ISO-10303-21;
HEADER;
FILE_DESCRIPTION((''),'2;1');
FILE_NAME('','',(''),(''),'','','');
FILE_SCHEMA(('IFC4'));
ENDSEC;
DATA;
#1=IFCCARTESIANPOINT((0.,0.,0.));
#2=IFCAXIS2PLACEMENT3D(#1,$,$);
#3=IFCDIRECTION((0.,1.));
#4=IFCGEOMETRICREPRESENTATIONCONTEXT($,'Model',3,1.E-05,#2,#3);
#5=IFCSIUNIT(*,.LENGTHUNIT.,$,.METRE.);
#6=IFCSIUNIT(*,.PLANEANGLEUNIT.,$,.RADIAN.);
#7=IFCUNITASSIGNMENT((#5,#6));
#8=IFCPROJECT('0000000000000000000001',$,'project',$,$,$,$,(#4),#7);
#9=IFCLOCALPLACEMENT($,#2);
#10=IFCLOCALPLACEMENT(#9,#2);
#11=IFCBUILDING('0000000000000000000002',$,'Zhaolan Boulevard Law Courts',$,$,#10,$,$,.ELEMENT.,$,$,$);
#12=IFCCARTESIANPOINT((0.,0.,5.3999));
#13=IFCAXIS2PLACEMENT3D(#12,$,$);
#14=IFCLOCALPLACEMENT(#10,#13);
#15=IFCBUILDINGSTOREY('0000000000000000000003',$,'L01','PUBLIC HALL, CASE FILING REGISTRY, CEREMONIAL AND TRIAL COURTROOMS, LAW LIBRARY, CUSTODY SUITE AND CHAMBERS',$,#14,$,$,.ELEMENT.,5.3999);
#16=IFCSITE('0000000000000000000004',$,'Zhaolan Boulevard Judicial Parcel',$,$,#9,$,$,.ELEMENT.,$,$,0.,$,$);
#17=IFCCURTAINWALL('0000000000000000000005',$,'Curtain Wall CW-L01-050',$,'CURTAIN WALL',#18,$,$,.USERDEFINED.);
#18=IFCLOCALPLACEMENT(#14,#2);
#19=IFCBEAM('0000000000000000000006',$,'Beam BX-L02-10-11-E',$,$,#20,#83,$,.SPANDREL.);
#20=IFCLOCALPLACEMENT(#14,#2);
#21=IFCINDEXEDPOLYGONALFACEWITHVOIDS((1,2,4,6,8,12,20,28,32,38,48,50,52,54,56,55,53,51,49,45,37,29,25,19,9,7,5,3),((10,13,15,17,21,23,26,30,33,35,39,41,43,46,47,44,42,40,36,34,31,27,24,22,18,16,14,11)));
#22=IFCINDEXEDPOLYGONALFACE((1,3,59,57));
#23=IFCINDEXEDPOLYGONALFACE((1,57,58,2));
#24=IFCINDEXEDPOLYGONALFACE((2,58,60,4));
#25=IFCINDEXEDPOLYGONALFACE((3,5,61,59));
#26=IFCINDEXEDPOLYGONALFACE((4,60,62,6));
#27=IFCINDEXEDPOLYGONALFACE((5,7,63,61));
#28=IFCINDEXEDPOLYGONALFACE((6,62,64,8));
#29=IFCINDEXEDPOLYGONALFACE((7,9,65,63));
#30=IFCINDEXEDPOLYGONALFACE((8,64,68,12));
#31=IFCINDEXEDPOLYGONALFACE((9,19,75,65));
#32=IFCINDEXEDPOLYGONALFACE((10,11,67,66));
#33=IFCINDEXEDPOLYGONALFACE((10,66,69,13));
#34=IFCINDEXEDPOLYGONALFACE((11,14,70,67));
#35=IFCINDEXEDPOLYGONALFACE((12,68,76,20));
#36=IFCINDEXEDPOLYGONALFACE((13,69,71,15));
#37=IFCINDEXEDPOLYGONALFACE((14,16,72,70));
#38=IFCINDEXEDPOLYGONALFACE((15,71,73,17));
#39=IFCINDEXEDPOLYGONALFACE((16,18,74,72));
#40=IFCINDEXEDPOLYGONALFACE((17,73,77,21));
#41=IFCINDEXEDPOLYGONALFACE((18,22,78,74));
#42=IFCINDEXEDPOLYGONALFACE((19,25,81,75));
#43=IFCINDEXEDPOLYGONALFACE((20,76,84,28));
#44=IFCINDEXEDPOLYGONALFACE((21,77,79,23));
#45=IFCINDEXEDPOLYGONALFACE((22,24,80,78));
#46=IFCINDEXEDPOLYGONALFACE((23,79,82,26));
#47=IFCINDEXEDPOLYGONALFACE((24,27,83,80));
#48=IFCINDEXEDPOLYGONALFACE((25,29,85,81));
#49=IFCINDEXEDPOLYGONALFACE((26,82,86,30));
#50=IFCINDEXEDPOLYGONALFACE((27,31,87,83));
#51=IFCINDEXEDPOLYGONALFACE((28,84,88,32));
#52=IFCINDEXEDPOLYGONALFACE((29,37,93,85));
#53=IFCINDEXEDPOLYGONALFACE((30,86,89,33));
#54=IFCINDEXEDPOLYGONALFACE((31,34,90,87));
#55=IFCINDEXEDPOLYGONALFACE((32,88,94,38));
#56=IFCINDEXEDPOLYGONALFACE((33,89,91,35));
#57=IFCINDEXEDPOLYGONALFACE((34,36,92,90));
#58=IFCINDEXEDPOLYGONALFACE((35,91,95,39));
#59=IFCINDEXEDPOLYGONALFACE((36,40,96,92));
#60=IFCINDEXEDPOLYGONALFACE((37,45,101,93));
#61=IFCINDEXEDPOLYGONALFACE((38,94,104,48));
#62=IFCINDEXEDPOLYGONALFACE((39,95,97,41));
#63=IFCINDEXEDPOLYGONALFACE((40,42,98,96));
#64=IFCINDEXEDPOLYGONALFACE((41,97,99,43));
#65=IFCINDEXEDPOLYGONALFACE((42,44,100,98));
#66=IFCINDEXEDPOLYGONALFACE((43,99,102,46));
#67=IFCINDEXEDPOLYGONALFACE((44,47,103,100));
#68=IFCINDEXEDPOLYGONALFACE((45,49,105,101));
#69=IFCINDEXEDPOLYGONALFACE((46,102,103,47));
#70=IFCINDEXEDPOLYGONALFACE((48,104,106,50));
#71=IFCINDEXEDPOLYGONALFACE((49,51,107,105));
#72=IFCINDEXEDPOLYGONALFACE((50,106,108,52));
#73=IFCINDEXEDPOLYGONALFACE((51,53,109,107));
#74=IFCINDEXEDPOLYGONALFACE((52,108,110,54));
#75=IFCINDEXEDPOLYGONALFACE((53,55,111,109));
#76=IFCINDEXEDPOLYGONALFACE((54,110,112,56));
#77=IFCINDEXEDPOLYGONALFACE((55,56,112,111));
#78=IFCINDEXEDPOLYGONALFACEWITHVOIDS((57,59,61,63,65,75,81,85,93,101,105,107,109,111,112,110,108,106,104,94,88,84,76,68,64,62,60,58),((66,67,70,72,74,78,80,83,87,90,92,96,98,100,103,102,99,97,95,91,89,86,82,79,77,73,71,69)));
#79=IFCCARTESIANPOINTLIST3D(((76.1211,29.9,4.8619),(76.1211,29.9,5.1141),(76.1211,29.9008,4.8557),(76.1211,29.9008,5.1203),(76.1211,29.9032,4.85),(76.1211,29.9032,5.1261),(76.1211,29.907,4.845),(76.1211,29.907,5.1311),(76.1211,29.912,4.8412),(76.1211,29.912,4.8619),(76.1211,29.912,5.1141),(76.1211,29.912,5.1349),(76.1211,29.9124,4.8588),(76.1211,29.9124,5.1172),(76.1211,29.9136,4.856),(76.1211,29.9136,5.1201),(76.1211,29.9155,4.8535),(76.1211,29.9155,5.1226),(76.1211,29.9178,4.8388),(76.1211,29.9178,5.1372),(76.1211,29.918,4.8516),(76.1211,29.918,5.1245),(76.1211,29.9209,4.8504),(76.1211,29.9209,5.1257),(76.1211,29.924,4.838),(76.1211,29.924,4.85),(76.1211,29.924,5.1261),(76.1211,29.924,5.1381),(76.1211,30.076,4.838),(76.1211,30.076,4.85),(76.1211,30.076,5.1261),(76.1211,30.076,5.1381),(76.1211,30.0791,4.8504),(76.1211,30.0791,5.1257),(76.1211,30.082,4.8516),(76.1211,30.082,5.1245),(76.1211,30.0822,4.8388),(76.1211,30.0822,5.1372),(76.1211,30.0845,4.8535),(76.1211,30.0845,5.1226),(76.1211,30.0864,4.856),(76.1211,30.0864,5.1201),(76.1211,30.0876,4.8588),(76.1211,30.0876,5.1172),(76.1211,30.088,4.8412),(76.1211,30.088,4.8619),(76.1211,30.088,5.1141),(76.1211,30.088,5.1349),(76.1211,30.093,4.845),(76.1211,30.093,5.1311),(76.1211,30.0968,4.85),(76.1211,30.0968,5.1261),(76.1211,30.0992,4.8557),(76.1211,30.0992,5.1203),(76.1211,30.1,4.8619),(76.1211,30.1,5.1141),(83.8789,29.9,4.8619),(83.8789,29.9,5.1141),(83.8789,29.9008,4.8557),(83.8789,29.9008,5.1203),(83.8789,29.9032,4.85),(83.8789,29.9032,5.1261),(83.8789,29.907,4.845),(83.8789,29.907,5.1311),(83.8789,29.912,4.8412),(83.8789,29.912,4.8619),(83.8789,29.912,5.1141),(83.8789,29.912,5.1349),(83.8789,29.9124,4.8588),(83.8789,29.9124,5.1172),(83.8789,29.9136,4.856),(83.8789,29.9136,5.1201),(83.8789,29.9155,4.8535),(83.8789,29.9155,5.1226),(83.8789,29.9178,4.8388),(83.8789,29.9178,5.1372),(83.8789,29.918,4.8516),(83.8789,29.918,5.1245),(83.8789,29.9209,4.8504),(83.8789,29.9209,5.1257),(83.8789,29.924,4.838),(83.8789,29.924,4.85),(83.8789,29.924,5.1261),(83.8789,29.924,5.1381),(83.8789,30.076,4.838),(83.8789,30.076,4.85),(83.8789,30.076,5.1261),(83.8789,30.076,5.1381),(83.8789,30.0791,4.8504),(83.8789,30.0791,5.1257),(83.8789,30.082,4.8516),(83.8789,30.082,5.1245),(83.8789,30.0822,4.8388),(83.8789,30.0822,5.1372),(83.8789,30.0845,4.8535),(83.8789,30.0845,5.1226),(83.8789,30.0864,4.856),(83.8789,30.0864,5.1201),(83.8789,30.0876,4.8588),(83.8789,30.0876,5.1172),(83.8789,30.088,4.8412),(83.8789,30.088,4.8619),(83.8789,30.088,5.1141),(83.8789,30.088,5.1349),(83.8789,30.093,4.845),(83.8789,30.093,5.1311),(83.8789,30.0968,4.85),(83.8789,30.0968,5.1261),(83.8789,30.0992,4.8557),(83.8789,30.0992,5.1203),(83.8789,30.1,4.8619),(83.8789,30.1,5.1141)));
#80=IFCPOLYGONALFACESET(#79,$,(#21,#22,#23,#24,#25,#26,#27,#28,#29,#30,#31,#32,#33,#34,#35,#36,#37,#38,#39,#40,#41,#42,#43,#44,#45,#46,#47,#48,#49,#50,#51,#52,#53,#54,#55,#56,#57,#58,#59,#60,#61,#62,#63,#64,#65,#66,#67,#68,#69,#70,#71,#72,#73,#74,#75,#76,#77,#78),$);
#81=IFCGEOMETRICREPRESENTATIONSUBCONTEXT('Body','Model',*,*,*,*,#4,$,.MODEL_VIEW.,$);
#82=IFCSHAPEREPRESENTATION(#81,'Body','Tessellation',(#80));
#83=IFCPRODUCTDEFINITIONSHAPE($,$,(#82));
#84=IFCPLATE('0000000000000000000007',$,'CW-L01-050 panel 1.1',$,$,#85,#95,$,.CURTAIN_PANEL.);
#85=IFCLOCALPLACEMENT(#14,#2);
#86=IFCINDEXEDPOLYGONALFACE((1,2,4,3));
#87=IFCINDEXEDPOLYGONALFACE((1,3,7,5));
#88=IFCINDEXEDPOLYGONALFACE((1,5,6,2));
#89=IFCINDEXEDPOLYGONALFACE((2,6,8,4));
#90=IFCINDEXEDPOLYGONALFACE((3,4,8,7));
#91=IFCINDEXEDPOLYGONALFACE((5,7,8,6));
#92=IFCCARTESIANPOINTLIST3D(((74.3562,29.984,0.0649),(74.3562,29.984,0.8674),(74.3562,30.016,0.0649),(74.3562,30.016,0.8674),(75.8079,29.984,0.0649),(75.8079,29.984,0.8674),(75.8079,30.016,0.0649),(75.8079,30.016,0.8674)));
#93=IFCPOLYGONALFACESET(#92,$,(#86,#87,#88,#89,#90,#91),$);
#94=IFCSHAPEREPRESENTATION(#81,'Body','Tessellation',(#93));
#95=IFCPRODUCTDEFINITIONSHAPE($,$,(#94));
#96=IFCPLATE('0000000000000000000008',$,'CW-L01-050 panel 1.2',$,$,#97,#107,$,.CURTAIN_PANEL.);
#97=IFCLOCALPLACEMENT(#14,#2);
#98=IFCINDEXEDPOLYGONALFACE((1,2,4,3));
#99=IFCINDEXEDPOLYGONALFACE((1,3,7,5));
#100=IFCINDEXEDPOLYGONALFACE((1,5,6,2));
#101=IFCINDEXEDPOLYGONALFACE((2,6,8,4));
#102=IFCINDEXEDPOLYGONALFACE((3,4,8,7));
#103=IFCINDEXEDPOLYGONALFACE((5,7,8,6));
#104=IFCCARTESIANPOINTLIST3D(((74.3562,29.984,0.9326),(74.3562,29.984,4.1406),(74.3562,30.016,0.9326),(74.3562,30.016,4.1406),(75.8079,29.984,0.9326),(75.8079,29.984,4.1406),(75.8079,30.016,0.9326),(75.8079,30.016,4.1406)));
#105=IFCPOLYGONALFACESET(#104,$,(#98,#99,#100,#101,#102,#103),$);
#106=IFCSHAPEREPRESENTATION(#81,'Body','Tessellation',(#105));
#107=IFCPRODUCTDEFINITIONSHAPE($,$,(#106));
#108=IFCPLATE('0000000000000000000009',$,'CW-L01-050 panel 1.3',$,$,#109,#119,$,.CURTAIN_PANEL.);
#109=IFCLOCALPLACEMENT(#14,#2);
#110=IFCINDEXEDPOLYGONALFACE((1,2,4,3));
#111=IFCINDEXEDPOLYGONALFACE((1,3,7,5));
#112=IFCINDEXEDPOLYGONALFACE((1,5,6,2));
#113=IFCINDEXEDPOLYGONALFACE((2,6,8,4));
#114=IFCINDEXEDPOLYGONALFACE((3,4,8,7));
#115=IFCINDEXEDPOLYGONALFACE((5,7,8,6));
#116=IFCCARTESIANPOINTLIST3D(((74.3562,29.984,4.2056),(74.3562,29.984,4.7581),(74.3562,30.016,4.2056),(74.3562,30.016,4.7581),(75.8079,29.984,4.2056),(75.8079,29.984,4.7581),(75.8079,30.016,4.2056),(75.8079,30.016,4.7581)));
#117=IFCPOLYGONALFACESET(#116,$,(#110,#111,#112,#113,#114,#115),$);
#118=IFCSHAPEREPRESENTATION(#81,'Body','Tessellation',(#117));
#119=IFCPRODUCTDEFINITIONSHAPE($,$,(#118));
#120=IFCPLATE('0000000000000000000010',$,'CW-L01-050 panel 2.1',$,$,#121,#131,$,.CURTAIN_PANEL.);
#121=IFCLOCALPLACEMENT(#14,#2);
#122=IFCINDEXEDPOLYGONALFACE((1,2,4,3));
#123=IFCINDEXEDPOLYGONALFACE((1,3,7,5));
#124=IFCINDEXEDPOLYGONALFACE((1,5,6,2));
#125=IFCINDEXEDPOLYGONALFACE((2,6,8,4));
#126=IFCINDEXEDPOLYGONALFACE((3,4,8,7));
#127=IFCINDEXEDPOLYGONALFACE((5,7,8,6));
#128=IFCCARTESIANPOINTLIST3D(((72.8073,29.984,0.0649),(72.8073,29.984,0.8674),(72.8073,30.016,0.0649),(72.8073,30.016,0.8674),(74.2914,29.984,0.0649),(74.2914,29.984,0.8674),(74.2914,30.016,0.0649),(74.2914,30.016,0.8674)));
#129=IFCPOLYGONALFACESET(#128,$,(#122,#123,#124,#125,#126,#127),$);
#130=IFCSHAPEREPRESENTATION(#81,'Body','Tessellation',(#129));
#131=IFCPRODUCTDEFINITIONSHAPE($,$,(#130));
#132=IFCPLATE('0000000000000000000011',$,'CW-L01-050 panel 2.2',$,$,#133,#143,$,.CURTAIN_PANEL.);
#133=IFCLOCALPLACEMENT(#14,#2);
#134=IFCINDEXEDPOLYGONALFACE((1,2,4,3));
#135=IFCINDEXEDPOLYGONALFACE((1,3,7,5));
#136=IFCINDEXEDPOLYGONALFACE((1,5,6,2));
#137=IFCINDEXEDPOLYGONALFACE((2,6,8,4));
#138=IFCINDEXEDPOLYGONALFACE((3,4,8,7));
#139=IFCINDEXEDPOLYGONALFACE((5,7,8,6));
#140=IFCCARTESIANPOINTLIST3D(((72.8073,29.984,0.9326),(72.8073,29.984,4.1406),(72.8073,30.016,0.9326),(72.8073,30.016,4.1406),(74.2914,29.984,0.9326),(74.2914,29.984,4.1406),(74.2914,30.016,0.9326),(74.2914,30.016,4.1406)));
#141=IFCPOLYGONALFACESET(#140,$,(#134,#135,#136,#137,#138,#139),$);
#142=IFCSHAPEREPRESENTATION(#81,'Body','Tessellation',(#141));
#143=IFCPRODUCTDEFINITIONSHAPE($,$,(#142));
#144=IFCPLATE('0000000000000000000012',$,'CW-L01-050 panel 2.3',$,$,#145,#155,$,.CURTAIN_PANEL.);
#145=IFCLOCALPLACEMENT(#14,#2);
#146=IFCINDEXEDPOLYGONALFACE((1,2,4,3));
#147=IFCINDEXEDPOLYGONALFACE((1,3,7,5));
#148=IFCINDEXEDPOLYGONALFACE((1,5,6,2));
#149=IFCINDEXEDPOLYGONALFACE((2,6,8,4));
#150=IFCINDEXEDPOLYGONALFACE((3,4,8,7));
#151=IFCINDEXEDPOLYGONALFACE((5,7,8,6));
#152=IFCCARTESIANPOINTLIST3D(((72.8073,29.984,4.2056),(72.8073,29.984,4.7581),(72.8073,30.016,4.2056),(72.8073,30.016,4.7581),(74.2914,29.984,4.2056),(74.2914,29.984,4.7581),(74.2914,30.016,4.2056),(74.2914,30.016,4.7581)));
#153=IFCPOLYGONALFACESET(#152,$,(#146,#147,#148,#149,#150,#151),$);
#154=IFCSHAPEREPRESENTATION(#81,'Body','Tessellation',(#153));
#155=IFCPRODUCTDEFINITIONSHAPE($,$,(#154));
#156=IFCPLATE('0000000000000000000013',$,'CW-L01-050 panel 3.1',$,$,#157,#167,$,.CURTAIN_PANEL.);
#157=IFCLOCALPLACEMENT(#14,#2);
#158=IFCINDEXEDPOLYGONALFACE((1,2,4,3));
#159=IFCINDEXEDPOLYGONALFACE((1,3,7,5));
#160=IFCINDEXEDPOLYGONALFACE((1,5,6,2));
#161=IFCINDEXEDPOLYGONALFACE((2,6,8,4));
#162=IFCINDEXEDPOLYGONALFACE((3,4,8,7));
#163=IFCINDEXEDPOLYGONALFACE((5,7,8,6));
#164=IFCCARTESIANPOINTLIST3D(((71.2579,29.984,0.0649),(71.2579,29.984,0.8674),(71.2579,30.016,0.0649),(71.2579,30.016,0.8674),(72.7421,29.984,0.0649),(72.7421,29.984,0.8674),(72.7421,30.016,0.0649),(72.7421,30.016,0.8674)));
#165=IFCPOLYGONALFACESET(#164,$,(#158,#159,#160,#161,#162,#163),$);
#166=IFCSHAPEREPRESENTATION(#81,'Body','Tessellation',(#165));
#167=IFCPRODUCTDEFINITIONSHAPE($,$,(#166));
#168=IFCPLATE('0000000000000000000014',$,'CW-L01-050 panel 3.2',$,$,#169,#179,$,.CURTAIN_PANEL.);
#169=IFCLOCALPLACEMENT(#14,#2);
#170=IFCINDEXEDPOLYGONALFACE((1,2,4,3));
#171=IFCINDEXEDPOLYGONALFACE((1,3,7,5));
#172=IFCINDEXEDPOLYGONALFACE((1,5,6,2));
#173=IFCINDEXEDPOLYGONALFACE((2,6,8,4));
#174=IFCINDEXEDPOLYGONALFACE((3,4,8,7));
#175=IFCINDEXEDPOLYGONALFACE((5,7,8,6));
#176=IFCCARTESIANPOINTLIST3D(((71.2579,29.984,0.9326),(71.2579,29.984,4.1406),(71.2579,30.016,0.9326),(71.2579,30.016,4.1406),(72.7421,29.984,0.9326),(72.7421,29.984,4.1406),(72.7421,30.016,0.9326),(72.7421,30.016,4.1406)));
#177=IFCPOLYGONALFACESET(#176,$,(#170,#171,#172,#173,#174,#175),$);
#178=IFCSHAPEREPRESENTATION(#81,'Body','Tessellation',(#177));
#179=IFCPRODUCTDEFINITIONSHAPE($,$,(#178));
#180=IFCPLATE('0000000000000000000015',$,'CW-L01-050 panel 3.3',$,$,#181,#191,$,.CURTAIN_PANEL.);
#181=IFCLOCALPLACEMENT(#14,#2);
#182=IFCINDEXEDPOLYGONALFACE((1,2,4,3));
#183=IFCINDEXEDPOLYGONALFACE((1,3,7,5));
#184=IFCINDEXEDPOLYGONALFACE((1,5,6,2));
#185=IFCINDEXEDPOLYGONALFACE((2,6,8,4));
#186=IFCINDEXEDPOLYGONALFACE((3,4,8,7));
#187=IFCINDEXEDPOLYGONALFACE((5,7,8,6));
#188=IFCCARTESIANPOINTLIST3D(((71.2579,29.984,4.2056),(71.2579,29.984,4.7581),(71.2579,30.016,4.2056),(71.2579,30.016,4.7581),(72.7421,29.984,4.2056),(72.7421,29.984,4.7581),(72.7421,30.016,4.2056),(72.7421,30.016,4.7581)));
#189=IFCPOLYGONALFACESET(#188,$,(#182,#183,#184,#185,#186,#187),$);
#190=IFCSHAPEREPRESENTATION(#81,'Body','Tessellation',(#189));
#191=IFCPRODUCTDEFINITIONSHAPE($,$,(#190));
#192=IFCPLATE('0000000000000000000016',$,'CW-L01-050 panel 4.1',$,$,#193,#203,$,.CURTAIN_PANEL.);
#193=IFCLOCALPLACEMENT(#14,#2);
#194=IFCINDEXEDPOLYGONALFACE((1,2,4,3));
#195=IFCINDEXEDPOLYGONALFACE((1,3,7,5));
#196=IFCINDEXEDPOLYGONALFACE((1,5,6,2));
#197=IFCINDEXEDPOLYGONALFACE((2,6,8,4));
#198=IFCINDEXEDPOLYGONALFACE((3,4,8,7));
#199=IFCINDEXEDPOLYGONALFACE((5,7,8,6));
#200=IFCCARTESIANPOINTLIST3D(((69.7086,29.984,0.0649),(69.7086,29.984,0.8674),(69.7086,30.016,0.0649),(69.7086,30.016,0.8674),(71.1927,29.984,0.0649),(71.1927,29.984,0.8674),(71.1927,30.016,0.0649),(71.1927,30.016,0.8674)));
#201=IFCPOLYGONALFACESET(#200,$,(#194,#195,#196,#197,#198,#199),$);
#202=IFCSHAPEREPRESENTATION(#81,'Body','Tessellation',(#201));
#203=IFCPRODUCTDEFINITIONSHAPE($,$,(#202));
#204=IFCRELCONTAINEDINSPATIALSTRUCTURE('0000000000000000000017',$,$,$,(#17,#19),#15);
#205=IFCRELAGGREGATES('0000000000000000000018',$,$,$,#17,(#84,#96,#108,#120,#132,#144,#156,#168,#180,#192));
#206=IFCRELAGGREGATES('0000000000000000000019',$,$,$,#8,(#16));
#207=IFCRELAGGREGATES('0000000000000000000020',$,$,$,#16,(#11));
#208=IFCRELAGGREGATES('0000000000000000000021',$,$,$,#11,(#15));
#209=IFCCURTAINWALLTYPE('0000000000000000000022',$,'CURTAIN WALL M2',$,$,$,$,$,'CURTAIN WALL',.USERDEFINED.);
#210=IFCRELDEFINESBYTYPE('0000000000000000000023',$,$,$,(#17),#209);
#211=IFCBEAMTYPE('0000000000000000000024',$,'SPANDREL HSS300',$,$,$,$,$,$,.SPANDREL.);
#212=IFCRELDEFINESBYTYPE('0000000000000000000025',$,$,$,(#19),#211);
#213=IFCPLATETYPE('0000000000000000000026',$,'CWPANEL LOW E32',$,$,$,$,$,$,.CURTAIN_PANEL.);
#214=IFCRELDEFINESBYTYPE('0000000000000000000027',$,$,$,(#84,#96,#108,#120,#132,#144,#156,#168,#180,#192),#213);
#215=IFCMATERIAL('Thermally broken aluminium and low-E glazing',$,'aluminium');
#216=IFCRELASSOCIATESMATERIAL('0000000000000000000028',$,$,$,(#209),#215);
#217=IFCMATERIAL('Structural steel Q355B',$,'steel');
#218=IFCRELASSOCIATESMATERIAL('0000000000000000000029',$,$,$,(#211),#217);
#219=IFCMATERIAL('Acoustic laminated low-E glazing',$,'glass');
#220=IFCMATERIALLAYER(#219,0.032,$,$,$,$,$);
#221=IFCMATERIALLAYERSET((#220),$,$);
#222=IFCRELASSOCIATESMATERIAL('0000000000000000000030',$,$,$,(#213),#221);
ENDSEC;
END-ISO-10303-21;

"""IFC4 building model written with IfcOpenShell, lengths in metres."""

from ifc_helpers import new_model, si_unit, direction, frame, origin, origin_2d, place, context, subcontext, project, spatial, rectangle, hollow_rectangle, extrude, material, layer, layer_set, material_profile, profile_set, type_object, element, aggregate, save


model = new_model("IFC4")

# Units and contexts
model_context = context("Model", 3, precision=1e-05, world=origin(), true_north=direction((0.0, 1.0)))
body_context = subcontext(model_context, "Body", "Model", "MODEL_VIEW")
ifc_project = project(units=[si_unit("LENGTHUNIT", "METRE"), si_unit("PLANEANGLEUNIT", "RADIAN")], contexts=[model_context])

# Site, building, storey
site_placement = place(None, origin())
site = spatial("IfcSite", under=ifc_project, at=site_placement, Name="Zhaolan Boulevard Judicial Parcel", CompositionType="ELEMENT", RefElevation=0.0)
building_placement = place(site_placement, origin())
building = spatial("IfcBuilding", under=site, at=building_placement, Name="Zhaolan Boulevard Law Courts", CompositionType="ELEMENT")
storey_placement = place(building_placement, frame((0.0, 0.0, 5.3999)))
storey = spatial("IfcBuildingStorey", under=building, at=storey_placement, Name="L01", Description="PUBLIC HALL, CASE FILING REGISTRY, CEREMONIAL AND TRIAL COURTROOMS, LAW LIBRARY, CUSTODY SUITE AND CHAMBERS", CompositionType="ELEMENT", Elevation=5.3999)

# Curtain wall
ifc_material_1 = material(Name="Thermally broken aluminium and low-E glazing", Category="aluminium")
curtain_wall_type_1 = type_object("IfcCurtainWallType", Name="CURTAIN WALL M2", ElementType="CURTAIN WALL", PredefinedType="USERDEFINED", material=ifc_material_1)
curtain_wall_1_placement = place(storey_placement, origin())
curtain_wall_1 = element("IfcCurtainWall", 1, at=curtain_wall_1_placement, inside=storey, type_object=curtain_wall_type_1, Name="Curtain Wall CW-L01-050", ObjectType="CURTAIN WALL", PredefinedType="USERDEFINED")

# Beam
ifc_material_2 = material(Name="Structural steel Q355B", Category="steel")
ifc_material_profile_1 = material_profile(ifc_material_2, hollow_rectangle(XDim=0.2, YDim=0.3, WallThickness=0.012, InnerFilletRadius=0.012, OuterFilletRadius=0.0239, at=origin_2d()), Name="HSS300x200x12")
ifc_profile_set_1 = profile_set([ifc_material_profile_1], Name="Structural steel Q355B")
beam_type = type_object("IfcBeamType", Name="SPANDREL HSS300", PredefinedType="SPANDREL", material=ifc_profile_set_1)
beam_placement = place(storey_placement, frame((76.1211, 30.0, 4.988), z_axis=(1.0, 0.0, 0.0), x_axis=(0.0, 1.0, 0.0)))
element("IfcBeam", 2, at=beam_placement, inside=storey, type_object=beam_type, Name="Beam BX-L02-10-11-E", PredefinedType="SPANDREL", context=body_context, shape_type="SweptSolid", body=[
    extrude(hollow_rectangle(XDim=0.2, YDim=0.3, WallThickness=0.012, InnerFilletRadius=0.012, OuterFilletRadius=0.0239, at=origin_2d()), origin(), (0.0, 0.0, 1.0), 7.7578),
])

# Plates
ifc_material_3 = material(Name="Acoustic laminated low-E glazing", Category="glass")
ifc_layer_1 = layer(ifc_material_3, 0.032)
ifc_layer_set_1 = layer_set([ifc_layer_1])
plate_type_1 = type_object("IfcPlateType", Name="CWPANEL LOW E32", PredefinedType="CURTAIN_PANEL", material=ifc_layer_set_1)
plate_1_placement = place(storey_placement, frame((75.082, 30.0, 0.0649), z_axis=(0.0, 0.0, 1.0), x_axis=(-1.0, 0.0, 0.0)))
plate_1 = element("IfcPlate", 3, at=plate_1_placement, type_object=plate_type_1, Name="CW-L01-050 panel 1.1", PredefinedType="CURTAIN_PANEL", context=body_context, shape_type="SweptSolid", body=[
    extrude(rectangle(XDim=1.4517, YDim=0.032, at=origin_2d()), origin(), (0.0, 0.0, 1.0), 0.8025),
])
plate_2_placement = place(storey_placement, frame((75.082, 30.0, 0.9326), z_axis=(0.0, 0.0, 1.0), x_axis=(-1.0, 0.0, 0.0)))
plate_2 = element("IfcPlate", 4, at=plate_2_placement, type_object=plate_type_1, Name="CW-L01-050 panel 1.2", PredefinedType="CURTAIN_PANEL", context=body_context, shape_type="SweptSolid", body=[
    extrude(rectangle(XDim=1.4517, YDim=0.032, at=origin_2d()), origin(), (0.0, 0.0, 1.0), 3.208),
])
plate_3_placement = place(storey_placement, frame((75.082, 30.0, 4.2056), z_axis=(0.0, 0.0, 1.0), x_axis=(-1.0, 0.0, 0.0)))
plate_3 = element("IfcPlate", 5, at=plate_3_placement, type_object=plate_type_1, Name="CW-L01-050 panel 1.3", PredefinedType="CURTAIN_PANEL", context=body_context, shape_type="SweptSolid", body=[
    extrude(rectangle(XDim=1.4517, YDim=0.032, at=origin_2d()), origin(), (0.0, 0.0, 1.0), 0.5525),
])
plate_4_placement = place(storey_placement, frame((73.5493, 30.0, 0.0649), z_axis=(0.0, 0.0, 1.0), x_axis=(-1.0, 0.0, 0.0)))
plate_4 = element("IfcPlate", 6, at=plate_4_placement, type_object=plate_type_1, Name="CW-L01-050 panel 2.1", PredefinedType="CURTAIN_PANEL", context=body_context, shape_type="SweptSolid", body=[
    extrude(rectangle(XDim=1.4841, YDim=0.032, at=origin_2d()), origin(), (0.0, 0.0, 1.0), 0.8025),
])
plate_5_placement = place(storey_placement, frame((73.5493, 30.0, 0.9326), z_axis=(0.0, 0.0, 1.0), x_axis=(-1.0, 0.0, 0.0)))
plate_5 = element("IfcPlate", 7, at=plate_5_placement, type_object=plate_type_1, Name="CW-L01-050 panel 2.2", PredefinedType="CURTAIN_PANEL", context=body_context, shape_type="SweptSolid", body=[
    extrude(rectangle(XDim=1.4841, YDim=0.032, at=origin_2d()), origin(), (0.0, 0.0, 1.0), 3.208),
])
plate_6_placement = place(storey_placement, frame((73.5493, 30.0, 4.2056), z_axis=(0.0, 0.0, 1.0), x_axis=(-1.0, 0.0, 0.0)))
plate_6 = element("IfcPlate", 8, at=plate_6_placement, type_object=plate_type_1, Name="CW-L01-050 panel 2.3", PredefinedType="CURTAIN_PANEL", context=body_context, shape_type="SweptSolid", body=[
    extrude(rectangle(XDim=1.4841, YDim=0.032, at=origin_2d()), origin(), (0.0, 0.0, 1.0), 0.5525),
])
plate_7_placement = place(storey_placement, frame((72.0, 30.0, 0.0649), z_axis=(0.0, 0.0, 1.0), x_axis=(-1.0, 0.0, 0.0)))
plate_7 = element("IfcPlate", 9, at=plate_7_placement, type_object=plate_type_1, Name="CW-L01-050 panel 3.1", PredefinedType="CURTAIN_PANEL", context=body_context, shape_type="SweptSolid", body=[
    extrude(rectangle(XDim=1.4841, YDim=0.032, at=origin_2d()), origin(), (0.0, 0.0, 1.0), 0.8025),
])
plate_8_placement = place(storey_placement, frame((72.0, 30.0, 0.9326), z_axis=(0.0, 0.0, 1.0), x_axis=(-1.0, 0.0, 0.0)))
plate_8 = element("IfcPlate", 10, at=plate_8_placement, type_object=plate_type_1, Name="CW-L01-050 panel 3.2", PredefinedType="CURTAIN_PANEL", context=body_context, shape_type="SweptSolid", body=[
    extrude(rectangle(XDim=1.4841, YDim=0.032, at=origin_2d()), origin(), (0.0, 0.0, 1.0), 3.208),
])
plate_9_placement = place(storey_placement, frame((72.0, 30.0, 4.2056), z_axis=(0.0, 0.0, 1.0), x_axis=(-1.0, 0.0, 0.0)))
plate_9 = element("IfcPlate", 11, at=plate_9_placement, type_object=plate_type_1, Name="CW-L01-050 panel 3.3", PredefinedType="CURTAIN_PANEL", context=body_context, shape_type="SweptSolid", body=[
    extrude(rectangle(XDim=1.4841, YDim=0.032, at=origin_2d()), origin(), (0.0, 0.0, 1.0), 0.5525),
])
plate_10_placement = place(storey_placement, frame((70.4507, 30.0, 0.0649), z_axis=(0.0, 0.0, 1.0), x_axis=(-1.0, 0.0, 0.0)))
plate_10 = element("IfcPlate", 12, at=plate_10_placement, type_object=plate_type_1, Name="CW-L01-050 panel 4.1", PredefinedType="CURTAIN_PANEL", context=body_context, shape_type="SweptSolid", body=[
    extrude(rectangle(XDim=1.4841, YDim=0.032, at=origin_2d()), origin(), (0.0, 0.0, 1.0), 0.8025),
])
aggregate(curtain_wall_1, [plate_1, plate_2, plate_3, plate_4, plate_5, plate_6, plate_7, plate_8, plate_9, plate_10])

save(model, "model.ifc")
